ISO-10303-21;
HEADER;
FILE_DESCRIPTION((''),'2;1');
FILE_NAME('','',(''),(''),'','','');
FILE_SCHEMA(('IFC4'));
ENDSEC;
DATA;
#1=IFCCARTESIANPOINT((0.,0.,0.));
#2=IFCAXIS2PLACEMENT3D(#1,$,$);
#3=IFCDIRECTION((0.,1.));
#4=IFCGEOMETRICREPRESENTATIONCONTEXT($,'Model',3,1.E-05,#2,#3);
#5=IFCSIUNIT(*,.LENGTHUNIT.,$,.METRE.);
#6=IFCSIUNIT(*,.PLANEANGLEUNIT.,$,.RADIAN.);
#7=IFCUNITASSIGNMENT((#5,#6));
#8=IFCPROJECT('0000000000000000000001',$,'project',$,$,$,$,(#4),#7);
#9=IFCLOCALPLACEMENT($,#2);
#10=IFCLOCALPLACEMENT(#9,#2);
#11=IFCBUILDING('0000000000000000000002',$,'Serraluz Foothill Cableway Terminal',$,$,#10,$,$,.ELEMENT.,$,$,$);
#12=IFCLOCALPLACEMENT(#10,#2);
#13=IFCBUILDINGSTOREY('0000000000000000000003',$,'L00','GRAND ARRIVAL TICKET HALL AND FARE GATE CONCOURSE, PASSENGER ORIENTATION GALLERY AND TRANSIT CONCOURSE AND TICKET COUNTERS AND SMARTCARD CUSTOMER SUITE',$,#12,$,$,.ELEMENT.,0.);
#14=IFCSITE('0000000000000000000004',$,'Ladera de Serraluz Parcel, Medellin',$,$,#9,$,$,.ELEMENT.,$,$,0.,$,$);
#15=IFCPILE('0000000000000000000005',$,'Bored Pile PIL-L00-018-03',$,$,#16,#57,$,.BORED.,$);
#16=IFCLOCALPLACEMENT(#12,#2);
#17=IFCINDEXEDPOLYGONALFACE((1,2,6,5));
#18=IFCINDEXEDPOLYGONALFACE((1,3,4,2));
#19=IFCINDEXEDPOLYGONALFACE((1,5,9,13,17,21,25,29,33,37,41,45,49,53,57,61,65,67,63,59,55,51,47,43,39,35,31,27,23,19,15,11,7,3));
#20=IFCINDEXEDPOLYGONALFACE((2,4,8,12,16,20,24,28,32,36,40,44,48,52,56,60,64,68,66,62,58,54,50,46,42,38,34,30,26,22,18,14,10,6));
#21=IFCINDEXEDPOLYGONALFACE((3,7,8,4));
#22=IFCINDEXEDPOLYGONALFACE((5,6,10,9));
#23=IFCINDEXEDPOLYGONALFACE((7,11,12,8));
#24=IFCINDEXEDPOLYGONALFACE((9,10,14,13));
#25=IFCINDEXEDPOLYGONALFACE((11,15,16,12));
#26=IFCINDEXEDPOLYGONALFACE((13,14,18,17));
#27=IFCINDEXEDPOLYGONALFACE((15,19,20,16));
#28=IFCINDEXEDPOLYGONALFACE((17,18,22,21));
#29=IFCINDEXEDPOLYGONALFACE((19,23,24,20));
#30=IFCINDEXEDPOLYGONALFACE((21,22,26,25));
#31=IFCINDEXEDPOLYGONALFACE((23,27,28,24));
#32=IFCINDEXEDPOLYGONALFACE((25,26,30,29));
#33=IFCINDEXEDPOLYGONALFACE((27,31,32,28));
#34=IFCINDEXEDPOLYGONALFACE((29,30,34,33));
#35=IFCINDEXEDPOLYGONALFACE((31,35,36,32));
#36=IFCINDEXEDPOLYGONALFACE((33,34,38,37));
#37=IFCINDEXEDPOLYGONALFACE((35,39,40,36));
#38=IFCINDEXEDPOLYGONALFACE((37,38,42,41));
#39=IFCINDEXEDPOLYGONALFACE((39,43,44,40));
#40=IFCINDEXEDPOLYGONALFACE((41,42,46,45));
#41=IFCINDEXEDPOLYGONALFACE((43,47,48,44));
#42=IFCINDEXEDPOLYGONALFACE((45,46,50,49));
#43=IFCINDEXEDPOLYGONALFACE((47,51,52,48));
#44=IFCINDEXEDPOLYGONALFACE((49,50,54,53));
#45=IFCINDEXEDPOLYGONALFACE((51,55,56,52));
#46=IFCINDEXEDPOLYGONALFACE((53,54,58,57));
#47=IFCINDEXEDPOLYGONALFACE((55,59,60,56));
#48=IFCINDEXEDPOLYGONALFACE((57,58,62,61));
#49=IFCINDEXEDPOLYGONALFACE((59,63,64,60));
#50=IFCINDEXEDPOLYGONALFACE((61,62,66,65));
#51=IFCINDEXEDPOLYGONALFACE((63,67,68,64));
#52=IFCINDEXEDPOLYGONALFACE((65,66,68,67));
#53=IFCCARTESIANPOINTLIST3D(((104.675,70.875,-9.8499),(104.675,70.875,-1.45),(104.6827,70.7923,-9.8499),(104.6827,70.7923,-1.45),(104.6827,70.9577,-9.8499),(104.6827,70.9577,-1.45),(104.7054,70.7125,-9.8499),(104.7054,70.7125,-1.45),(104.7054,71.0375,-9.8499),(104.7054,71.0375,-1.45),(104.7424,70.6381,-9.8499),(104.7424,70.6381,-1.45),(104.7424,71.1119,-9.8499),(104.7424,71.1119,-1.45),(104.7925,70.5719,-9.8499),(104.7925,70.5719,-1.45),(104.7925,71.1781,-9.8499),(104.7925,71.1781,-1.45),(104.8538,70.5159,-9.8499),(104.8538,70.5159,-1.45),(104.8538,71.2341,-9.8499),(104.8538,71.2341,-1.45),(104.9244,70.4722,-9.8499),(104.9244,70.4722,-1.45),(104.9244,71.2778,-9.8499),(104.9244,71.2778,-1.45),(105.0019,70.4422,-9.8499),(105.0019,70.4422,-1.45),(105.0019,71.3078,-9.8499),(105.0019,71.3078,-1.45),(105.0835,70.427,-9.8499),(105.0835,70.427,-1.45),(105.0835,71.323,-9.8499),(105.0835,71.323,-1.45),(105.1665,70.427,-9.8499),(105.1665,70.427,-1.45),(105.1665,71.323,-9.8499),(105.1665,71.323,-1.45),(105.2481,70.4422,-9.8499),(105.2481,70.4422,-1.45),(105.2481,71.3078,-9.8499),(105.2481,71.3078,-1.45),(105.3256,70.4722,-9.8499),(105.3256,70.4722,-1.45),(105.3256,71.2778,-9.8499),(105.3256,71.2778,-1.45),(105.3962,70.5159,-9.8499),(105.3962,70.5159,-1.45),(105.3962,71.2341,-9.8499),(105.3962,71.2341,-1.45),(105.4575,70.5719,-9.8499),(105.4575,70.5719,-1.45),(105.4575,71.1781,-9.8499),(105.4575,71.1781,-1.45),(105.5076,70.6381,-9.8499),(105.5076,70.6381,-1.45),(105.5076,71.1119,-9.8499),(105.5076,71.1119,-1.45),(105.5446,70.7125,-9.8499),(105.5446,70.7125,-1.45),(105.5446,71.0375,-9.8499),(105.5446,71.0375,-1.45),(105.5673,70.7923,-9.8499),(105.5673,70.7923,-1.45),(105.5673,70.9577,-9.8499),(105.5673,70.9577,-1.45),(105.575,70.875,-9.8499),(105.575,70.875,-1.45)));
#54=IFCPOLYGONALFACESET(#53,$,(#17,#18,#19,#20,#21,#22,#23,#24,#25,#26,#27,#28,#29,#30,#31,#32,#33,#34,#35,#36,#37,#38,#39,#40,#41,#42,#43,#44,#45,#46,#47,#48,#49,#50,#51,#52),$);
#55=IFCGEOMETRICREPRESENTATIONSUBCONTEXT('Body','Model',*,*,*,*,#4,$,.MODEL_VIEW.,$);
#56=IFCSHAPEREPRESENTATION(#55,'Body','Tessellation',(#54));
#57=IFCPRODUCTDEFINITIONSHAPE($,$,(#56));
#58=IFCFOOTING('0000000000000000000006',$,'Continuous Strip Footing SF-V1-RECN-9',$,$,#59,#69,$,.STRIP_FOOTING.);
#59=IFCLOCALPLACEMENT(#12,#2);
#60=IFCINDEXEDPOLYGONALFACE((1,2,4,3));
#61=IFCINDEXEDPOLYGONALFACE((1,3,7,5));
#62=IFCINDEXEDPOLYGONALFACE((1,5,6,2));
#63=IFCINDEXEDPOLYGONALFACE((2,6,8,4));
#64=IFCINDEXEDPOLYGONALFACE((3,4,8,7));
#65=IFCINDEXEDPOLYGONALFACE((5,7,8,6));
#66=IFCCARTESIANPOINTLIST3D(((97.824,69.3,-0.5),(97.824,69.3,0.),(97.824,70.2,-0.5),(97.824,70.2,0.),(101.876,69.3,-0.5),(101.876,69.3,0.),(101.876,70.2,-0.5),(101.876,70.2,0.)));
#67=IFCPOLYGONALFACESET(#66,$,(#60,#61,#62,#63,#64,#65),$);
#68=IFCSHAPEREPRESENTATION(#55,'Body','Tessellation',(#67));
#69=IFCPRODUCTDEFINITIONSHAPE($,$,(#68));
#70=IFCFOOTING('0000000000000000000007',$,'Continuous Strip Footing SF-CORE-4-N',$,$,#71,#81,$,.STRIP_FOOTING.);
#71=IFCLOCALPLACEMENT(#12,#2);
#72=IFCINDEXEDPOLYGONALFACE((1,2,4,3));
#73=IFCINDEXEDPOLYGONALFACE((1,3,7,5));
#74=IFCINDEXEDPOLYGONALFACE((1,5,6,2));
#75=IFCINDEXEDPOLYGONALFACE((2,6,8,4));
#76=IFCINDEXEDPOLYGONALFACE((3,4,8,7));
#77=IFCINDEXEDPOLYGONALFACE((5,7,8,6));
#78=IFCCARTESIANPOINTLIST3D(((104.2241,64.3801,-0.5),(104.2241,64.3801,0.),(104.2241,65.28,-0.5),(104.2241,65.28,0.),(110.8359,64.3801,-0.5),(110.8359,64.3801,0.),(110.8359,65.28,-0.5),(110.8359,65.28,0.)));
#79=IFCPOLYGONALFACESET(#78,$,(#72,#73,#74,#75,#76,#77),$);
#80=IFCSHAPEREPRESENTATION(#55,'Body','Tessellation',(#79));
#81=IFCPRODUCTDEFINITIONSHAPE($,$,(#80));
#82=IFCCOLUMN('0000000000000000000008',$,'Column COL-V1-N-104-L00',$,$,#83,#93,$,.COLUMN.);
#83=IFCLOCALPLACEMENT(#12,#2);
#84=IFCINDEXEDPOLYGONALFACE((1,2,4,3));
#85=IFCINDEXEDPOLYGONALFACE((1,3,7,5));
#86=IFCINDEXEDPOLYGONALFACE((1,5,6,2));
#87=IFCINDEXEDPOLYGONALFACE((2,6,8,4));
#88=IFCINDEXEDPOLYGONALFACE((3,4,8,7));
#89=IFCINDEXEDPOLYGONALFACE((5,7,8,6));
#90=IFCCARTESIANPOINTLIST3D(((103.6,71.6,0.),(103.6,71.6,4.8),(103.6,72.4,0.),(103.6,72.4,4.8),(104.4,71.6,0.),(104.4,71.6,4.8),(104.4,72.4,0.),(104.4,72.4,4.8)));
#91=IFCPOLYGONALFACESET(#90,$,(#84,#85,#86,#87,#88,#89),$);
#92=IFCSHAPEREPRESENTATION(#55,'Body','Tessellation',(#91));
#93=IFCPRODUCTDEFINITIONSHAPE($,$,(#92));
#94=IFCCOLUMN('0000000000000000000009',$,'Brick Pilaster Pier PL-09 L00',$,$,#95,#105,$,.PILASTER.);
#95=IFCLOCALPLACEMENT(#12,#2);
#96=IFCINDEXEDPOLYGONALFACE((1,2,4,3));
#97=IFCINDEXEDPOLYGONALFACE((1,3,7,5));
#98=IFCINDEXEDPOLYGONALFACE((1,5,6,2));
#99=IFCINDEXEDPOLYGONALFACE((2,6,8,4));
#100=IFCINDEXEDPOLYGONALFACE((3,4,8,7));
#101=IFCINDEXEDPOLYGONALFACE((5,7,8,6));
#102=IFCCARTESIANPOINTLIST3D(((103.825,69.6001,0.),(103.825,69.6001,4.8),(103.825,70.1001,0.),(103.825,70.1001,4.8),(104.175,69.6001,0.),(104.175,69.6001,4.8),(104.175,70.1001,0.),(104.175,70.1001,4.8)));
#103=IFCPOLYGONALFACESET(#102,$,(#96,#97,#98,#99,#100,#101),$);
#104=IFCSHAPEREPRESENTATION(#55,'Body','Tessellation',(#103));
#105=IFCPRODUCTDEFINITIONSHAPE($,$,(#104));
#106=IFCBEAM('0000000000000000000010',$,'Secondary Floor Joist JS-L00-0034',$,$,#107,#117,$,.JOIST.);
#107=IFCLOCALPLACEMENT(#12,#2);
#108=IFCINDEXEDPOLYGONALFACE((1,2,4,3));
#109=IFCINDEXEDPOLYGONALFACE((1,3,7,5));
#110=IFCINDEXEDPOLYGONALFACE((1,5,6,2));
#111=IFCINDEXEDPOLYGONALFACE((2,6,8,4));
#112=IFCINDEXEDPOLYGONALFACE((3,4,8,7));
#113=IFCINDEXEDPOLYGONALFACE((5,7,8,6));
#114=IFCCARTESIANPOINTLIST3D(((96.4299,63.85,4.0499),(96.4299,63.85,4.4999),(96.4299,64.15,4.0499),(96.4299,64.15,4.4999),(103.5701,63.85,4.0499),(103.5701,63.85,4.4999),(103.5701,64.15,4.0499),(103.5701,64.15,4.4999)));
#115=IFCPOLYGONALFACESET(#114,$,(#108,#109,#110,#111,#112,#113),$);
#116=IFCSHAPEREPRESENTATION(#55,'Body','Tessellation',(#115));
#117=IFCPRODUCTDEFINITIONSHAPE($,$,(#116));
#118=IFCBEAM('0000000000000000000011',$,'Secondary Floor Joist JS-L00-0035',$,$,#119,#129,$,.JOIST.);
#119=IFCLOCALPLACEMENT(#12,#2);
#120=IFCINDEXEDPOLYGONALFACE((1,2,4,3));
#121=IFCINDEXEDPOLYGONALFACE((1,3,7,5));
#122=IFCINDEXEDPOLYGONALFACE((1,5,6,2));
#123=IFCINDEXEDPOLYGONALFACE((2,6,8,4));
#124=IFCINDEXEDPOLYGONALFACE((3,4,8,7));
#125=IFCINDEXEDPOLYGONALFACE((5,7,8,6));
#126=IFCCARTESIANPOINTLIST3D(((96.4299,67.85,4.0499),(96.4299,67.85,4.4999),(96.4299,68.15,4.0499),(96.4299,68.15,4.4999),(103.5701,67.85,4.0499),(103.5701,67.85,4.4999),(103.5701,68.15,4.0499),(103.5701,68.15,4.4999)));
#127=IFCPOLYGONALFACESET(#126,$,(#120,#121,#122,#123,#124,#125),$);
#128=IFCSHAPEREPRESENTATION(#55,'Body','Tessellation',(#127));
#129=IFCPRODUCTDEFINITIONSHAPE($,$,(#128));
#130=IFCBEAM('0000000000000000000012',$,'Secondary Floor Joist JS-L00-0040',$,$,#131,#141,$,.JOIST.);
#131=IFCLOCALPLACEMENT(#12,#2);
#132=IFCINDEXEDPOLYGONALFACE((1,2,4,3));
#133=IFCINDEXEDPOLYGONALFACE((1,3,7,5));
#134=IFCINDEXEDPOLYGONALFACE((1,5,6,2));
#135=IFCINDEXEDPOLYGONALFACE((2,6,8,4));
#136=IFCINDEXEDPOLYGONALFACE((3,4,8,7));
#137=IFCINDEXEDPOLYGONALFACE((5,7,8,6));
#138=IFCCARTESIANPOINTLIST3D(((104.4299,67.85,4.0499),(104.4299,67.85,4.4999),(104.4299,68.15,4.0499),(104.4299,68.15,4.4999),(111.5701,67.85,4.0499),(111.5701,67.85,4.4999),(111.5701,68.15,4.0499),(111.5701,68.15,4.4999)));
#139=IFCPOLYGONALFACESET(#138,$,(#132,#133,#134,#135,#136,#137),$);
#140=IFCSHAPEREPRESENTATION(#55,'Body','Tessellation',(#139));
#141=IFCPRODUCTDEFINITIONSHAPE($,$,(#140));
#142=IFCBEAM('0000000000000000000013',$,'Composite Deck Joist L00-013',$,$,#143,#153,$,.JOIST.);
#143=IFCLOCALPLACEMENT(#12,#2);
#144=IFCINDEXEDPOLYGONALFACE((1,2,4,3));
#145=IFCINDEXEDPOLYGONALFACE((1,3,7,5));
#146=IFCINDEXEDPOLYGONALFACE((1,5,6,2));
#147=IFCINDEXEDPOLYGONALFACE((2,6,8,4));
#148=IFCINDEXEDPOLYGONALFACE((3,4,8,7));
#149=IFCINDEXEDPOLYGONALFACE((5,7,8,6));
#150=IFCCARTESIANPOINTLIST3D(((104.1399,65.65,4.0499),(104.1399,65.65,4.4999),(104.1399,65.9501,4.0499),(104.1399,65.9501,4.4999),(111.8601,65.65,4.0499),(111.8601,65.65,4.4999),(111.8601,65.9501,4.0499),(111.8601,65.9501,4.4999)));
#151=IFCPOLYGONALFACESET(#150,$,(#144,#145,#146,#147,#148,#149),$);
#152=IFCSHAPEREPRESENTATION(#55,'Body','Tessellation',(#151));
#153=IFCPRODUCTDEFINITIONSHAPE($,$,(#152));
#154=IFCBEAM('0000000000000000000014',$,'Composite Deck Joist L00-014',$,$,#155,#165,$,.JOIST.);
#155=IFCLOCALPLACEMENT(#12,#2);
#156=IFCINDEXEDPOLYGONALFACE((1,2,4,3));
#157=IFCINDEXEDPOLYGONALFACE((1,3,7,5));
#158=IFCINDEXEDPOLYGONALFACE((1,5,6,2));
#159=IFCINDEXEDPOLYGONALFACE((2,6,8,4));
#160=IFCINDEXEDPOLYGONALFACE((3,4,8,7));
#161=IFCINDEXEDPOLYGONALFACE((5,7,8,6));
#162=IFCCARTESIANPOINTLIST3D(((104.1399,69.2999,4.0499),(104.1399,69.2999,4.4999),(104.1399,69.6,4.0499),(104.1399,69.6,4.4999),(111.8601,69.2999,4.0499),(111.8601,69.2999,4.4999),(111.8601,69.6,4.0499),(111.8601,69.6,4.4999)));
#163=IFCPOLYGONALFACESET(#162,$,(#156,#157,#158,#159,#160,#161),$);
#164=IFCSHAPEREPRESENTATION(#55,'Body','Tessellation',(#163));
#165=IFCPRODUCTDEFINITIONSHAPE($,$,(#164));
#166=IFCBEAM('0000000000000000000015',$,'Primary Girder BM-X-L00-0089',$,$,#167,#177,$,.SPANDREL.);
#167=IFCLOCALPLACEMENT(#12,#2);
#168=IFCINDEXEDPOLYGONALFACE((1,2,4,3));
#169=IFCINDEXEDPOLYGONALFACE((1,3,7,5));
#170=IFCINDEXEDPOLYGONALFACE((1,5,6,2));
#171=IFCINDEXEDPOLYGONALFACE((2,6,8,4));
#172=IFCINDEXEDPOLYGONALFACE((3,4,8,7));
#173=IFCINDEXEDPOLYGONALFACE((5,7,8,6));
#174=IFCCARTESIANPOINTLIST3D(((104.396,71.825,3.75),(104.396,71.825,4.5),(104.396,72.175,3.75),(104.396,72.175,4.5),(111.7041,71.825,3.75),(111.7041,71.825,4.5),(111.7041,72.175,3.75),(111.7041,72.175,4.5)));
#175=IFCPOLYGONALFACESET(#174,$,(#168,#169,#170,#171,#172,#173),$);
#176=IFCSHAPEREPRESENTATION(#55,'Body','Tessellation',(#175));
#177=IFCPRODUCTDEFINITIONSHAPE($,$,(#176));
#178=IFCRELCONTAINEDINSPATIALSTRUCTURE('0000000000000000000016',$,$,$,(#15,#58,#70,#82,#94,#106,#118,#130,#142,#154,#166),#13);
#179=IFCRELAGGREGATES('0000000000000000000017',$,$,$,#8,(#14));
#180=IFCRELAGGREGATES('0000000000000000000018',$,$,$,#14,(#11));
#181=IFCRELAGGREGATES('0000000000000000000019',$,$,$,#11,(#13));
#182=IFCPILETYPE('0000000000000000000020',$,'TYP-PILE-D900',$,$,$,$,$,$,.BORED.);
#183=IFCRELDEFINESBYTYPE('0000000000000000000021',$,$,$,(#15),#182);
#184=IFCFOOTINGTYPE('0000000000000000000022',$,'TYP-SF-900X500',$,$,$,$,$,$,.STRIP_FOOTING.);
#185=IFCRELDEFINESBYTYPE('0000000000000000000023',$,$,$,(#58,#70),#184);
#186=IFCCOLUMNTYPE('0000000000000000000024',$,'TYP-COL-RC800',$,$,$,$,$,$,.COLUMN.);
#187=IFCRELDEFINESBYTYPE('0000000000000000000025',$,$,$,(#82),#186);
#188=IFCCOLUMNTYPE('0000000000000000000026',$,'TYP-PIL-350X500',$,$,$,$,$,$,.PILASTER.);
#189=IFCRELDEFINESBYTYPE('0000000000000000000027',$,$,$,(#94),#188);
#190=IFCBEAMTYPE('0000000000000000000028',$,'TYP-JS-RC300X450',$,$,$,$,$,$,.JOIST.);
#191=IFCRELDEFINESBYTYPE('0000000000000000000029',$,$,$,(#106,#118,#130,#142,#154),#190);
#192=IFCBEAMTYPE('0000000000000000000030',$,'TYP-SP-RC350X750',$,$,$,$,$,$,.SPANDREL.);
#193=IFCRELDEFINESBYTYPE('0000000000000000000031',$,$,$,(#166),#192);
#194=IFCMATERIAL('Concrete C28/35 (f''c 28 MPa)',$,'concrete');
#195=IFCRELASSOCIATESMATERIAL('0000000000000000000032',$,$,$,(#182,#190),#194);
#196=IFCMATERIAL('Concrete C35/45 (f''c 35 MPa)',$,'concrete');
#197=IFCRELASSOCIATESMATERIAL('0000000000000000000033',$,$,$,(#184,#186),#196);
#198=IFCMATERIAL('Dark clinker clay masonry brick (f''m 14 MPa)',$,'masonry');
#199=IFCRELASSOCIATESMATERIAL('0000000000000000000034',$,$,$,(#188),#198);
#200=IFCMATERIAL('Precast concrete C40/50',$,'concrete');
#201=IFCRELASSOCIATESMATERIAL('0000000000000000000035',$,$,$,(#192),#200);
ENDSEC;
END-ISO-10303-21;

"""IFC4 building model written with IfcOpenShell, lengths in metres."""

from ifc_helpers import new_model, si_unit, direction, frame, origin, origin_2d, place, context, subcontext, project, spatial, rectangle, circle, extrude, material, material_profile, profile_set, type_object, element, save


model = new_model("IFC4")

# Units and contexts
model_context = context("Model", 3, precision=1e-05, world=origin(), true_north=direction((0.0, 1.0)))
body_context = subcontext(model_context, "Body", "Model", "MODEL_VIEW")
ifc_project = project(units=[si_unit("LENGTHUNIT", "METRE"), si_unit("PLANEANGLEUNIT", "RADIAN")], contexts=[model_context])

# Site, building, storey
site_placement = place(None, origin())
site = spatial("IfcSite", under=ifc_project, at=site_placement, Name="Ladera de Serraluz Parcel, Medellin", CompositionType="ELEMENT", RefElevation=0.0)
building_placement = place(site_placement, origin())
building = spatial("IfcBuilding", under=site, at=building_placement, Name="Serraluz Foothill Cableway Terminal", CompositionType="ELEMENT")
storey_placement = place(building_placement, origin())
storey = spatial("IfcBuildingStorey", under=building, at=storey_placement, Name="L00", Description="GRAND ARRIVAL TICKET HALL AND FARE GATE CONCOURSE, PASSENGER ORIENTATION GALLERY AND TRANSIT CONCOURSE AND TICKET COUNTERS AND SMARTCARD CUSTOMER SUITE", CompositionType="ELEMENT", Elevation=0.0)

# Shared definitions
ifc_material_1 = material(Name="Concrete C35/45 (f'c 35 MPa)", Category="concrete")

# Pile
ifc_material_2 = material(Name="Concrete C28/35 (f'c 28 MPa)", Category="concrete")
ifc_material_profile_1 = material_profile(ifc_material_2, circle(Radius=0.45, at=origin_2d()), Name="BORED PILE D900")
ifc_profile_set_1 = profile_set([ifc_material_profile_1], Name="Concrete C28/35 (f'c 28 MPa)")
pile_type_1 = type_object("IfcPileType", Name="TYP-PILE-D900", PredefinedType="BORED", material=ifc_profile_set_1)
for number, where, z_axis, x_axis, name in (
    (1, (105.125, 70.875, -1.45), (0.0, 0.0, -1.0), (1.0, 0.0, 0.0), "Bored Pile PIL-L00-018-03"),
):
    element("IfcPile", number, at=place(storey_placement, frame(where, z_axis=z_axis, x_axis=x_axis)), inside=storey, type_object=pile_type_1, Name=name, PredefinedType="BORED", context=body_context, shape_type="SweptSolid", body=[
        extrude(circle(Radius=0.45, at=origin_2d()), origin(), (0.0, 0.0, 1.0), 8.3999),
    ])

# Footings
ifc_material_profile_2 = material_profile(ifc_material_1, rectangle(XDim=0.8999, YDim=0.5, at=origin_2d()), Name="SF 900x500")
ifc_profile_set_2 = profile_set([ifc_material_profile_2], Name="Concrete C35/45 (f'c 35 MPa)")
footing_type_1 = type_object("IfcFootingType", Name="TYP-SF-900X500", PredefinedType="STRIP_FOOTING", material=ifc_profile_set_2)
footing_1_placement = place(storey_placement, frame((97.824, 69.75, -0.25), z_axis=(1.0, 0.0, 0.0), x_axis=(0.0, 1.0, 0.0)))
element("IfcFooting", 2, at=footing_1_placement, inside=storey, type_object=footing_type_1, Name="Continuous Strip Footing SF-V1-RECN-9", PredefinedType="STRIP_FOOTING", context=body_context, shape_type="SweptSolid", body=[
    extrude(rectangle(XDim=0.8999, YDim=0.5, at=origin_2d()), origin(), (0.0, 0.0, 1.0), 4.052),
])
footing_2_placement = place(storey_placement, frame((104.2241, 64.8301, -0.25), z_axis=(1.0, 0.0, 0.0), x_axis=(0.0, 1.0, 0.0)))
element("IfcFooting", 3, at=footing_2_placement, inside=storey, type_object=footing_type_1, Name="Continuous Strip Footing SF-CORE-4-N", PredefinedType="STRIP_FOOTING", context=body_context, shape_type="SweptSolid", body=[
    extrude(rectangle(XDim=0.8999, YDim=0.5, at=origin_2d()), origin(), (0.0, 0.0, 1.0), 6.6118),
])

# Columns
ifc_material_profile_3 = material_profile(ifc_material_1, rectangle(XDim=0.8, YDim=0.8, at=origin_2d()), Name="RC 800x800")
ifc_profile_set_3 = profile_set([ifc_material_profile_3], Name="Concrete C35/45 (f'c 35 MPa)")
column_type_1 = type_object("IfcColumnType", Name="TYP-COL-RC800", PredefinedType="COLUMN", material=ifc_profile_set_3)
column_1_placement = place(storey_placement, frame((104.0, 72.0, 0.0), z_axis=(0.0, 0.0, 1.0), x_axis=(1.0, 0.0, 0.0)))
element("IfcColumn", 4, at=column_1_placement, inside=storey, type_object=column_type_1, Name="Column COL-V1-N-104-L00", PredefinedType="COLUMN", context=body_context, shape_type="SweptSolid", body=[
    extrude(rectangle(XDim=0.8, YDim=0.8, at=origin_2d()), origin(), (0.0, 0.0, 1.0), 4.8),
])
ifc_material_3 = material(Name="Dark clinker clay masonry brick (f'm 14 MPa)", Category="masonry")
ifc_material_profile_4 = material_profile(ifc_material_3, rectangle(XDim=0.3501, YDim=0.5, at=origin_2d()), Name="PIL 350x500")
ifc_profile_set_4 = profile_set([ifc_material_profile_4], Name="Dark clinker clay masonry brick (f'm 14 MPa)")
column_type_2 = type_object("IfcColumnType", Name="TYP-PIL-350X500", PredefinedType="PILASTER", material=ifc_profile_set_4)
column_2_placement = place(storey_placement, frame((104.0, 69.8501, 0.0), z_axis=(0.0, 0.0, 1.0), x_axis=(1.0, 0.0, 0.0)))
element("IfcColumn", 5, at=column_2_placement, inside=storey, type_object=column_type_2, Name="Brick Pilaster Pier PL-09 L00", PredefinedType="PILASTER", context=body_context, shape_type="SweptSolid", body=[
    extrude(rectangle(XDim=0.3501, YDim=0.5, at=origin_2d()), origin(), (0.0, 0.0, 1.0), 4.8),
])

# Beams
ifc_material_profile_5 = material_profile(ifc_material_2, rectangle(XDim=0.3, YDim=0.45, at=origin_2d()), Name="RC 300x450")
ifc_profile_set_5 = profile_set([ifc_material_profile_5], Name="Concrete C28/35 (f'c 28 MPa)")
beam_type_1 = type_object("IfcBeamType", Name="TYP-JS-RC300X450", PredefinedType="JOIST", material=ifc_profile_set_5)
for number, where, z_axis, x_axis, name in (
    (6, (96.4299, 64.0, 4.2749), (1.0, 0.0, 0.0), (0.0, 1.0, 0.0), "Secondary Floor Joist JS-L00-0034"),
    (7, (96.4299, 68.0, 4.2749), (1.0, 0.0, 0.0), (0.0, 1.0, 0.0), "Secondary Floor Joist JS-L00-0035"),
    (8, (104.4299, 68.0, 4.2749), (1.0, 0.0, 0.0), (0.0, 1.0, 0.0), "Secondary Floor Joist JS-L00-0040"),
):
    element("IfcBeam", number, at=place(storey_placement, frame(where, z_axis=z_axis, x_axis=x_axis)), inside=storey, type_object=beam_type_1, Name=name, PredefinedType="JOIST", context=body_context, shape_type="SweptSolid", body=[
        extrude(rectangle(XDim=0.3, YDim=0.45, at=origin_2d()), origin(), (0.0, 0.0, 1.0), 7.1401),
    ])
for number, where, z_axis, x_axis, name in (
    (9, (104.1399, 65.8, 4.2749), (1.0, 0.0, 0.0), (0.0, 1.0, 0.0), "Composite Deck Joist L00-013"),
    (10, (104.1399, 69.45, 4.2749), (1.0, 0.0, 0.0), (0.0, 1.0, 0.0), "Composite Deck Joist L00-014"),
):
    element("IfcBeam", number, at=place(storey_placement, frame(where, z_axis=z_axis, x_axis=x_axis)), inside=storey, type_object=beam_type_1, Name=name, PredefinedType="JOIST", context=body_context, shape_type="SweptSolid", body=[
        extrude(rectangle(XDim=0.3, YDim=0.45, at=origin_2d()), origin(), (0.0, 0.0, 1.0), 7.7202),
    ])
ifc_material_4 = material(Name="Precast concrete C40/50", Category="concrete")
ifc_material_profile_6 = material_profile(ifc_material_4, rectangle(XDim=0.3501, YDim=0.75, at=origin_2d()), Name="RC SP 350x750")
ifc_profile_set_6 = profile_set([ifc_material_profile_6], Name="Precast concrete C40/50")
beam_type_2 = type_object("IfcBeamType", Name="TYP-SP-RC350X750", PredefinedType="SPANDREL", material=ifc_profile_set_6)
beam_placement = place(storey_placement, frame((104.396, 72.0, 4.125), z_axis=(1.0, 0.0, 0.0), x_axis=(0.0, 1.0, 0.0)))
element("IfcBeam", 11, at=beam_placement, inside=storey, type_object=beam_type_2, Name="Primary Girder BM-X-L00-0089", PredefinedType="SPANDREL", context=body_context, shape_type="SweptSolid", body=[
    extrude(rectangle(XDim=0.3501, YDim=0.75, at=origin_2d()), origin(), (0.0, 0.0, 1.0), 7.3081),
])

save(model, "model.ifc")
